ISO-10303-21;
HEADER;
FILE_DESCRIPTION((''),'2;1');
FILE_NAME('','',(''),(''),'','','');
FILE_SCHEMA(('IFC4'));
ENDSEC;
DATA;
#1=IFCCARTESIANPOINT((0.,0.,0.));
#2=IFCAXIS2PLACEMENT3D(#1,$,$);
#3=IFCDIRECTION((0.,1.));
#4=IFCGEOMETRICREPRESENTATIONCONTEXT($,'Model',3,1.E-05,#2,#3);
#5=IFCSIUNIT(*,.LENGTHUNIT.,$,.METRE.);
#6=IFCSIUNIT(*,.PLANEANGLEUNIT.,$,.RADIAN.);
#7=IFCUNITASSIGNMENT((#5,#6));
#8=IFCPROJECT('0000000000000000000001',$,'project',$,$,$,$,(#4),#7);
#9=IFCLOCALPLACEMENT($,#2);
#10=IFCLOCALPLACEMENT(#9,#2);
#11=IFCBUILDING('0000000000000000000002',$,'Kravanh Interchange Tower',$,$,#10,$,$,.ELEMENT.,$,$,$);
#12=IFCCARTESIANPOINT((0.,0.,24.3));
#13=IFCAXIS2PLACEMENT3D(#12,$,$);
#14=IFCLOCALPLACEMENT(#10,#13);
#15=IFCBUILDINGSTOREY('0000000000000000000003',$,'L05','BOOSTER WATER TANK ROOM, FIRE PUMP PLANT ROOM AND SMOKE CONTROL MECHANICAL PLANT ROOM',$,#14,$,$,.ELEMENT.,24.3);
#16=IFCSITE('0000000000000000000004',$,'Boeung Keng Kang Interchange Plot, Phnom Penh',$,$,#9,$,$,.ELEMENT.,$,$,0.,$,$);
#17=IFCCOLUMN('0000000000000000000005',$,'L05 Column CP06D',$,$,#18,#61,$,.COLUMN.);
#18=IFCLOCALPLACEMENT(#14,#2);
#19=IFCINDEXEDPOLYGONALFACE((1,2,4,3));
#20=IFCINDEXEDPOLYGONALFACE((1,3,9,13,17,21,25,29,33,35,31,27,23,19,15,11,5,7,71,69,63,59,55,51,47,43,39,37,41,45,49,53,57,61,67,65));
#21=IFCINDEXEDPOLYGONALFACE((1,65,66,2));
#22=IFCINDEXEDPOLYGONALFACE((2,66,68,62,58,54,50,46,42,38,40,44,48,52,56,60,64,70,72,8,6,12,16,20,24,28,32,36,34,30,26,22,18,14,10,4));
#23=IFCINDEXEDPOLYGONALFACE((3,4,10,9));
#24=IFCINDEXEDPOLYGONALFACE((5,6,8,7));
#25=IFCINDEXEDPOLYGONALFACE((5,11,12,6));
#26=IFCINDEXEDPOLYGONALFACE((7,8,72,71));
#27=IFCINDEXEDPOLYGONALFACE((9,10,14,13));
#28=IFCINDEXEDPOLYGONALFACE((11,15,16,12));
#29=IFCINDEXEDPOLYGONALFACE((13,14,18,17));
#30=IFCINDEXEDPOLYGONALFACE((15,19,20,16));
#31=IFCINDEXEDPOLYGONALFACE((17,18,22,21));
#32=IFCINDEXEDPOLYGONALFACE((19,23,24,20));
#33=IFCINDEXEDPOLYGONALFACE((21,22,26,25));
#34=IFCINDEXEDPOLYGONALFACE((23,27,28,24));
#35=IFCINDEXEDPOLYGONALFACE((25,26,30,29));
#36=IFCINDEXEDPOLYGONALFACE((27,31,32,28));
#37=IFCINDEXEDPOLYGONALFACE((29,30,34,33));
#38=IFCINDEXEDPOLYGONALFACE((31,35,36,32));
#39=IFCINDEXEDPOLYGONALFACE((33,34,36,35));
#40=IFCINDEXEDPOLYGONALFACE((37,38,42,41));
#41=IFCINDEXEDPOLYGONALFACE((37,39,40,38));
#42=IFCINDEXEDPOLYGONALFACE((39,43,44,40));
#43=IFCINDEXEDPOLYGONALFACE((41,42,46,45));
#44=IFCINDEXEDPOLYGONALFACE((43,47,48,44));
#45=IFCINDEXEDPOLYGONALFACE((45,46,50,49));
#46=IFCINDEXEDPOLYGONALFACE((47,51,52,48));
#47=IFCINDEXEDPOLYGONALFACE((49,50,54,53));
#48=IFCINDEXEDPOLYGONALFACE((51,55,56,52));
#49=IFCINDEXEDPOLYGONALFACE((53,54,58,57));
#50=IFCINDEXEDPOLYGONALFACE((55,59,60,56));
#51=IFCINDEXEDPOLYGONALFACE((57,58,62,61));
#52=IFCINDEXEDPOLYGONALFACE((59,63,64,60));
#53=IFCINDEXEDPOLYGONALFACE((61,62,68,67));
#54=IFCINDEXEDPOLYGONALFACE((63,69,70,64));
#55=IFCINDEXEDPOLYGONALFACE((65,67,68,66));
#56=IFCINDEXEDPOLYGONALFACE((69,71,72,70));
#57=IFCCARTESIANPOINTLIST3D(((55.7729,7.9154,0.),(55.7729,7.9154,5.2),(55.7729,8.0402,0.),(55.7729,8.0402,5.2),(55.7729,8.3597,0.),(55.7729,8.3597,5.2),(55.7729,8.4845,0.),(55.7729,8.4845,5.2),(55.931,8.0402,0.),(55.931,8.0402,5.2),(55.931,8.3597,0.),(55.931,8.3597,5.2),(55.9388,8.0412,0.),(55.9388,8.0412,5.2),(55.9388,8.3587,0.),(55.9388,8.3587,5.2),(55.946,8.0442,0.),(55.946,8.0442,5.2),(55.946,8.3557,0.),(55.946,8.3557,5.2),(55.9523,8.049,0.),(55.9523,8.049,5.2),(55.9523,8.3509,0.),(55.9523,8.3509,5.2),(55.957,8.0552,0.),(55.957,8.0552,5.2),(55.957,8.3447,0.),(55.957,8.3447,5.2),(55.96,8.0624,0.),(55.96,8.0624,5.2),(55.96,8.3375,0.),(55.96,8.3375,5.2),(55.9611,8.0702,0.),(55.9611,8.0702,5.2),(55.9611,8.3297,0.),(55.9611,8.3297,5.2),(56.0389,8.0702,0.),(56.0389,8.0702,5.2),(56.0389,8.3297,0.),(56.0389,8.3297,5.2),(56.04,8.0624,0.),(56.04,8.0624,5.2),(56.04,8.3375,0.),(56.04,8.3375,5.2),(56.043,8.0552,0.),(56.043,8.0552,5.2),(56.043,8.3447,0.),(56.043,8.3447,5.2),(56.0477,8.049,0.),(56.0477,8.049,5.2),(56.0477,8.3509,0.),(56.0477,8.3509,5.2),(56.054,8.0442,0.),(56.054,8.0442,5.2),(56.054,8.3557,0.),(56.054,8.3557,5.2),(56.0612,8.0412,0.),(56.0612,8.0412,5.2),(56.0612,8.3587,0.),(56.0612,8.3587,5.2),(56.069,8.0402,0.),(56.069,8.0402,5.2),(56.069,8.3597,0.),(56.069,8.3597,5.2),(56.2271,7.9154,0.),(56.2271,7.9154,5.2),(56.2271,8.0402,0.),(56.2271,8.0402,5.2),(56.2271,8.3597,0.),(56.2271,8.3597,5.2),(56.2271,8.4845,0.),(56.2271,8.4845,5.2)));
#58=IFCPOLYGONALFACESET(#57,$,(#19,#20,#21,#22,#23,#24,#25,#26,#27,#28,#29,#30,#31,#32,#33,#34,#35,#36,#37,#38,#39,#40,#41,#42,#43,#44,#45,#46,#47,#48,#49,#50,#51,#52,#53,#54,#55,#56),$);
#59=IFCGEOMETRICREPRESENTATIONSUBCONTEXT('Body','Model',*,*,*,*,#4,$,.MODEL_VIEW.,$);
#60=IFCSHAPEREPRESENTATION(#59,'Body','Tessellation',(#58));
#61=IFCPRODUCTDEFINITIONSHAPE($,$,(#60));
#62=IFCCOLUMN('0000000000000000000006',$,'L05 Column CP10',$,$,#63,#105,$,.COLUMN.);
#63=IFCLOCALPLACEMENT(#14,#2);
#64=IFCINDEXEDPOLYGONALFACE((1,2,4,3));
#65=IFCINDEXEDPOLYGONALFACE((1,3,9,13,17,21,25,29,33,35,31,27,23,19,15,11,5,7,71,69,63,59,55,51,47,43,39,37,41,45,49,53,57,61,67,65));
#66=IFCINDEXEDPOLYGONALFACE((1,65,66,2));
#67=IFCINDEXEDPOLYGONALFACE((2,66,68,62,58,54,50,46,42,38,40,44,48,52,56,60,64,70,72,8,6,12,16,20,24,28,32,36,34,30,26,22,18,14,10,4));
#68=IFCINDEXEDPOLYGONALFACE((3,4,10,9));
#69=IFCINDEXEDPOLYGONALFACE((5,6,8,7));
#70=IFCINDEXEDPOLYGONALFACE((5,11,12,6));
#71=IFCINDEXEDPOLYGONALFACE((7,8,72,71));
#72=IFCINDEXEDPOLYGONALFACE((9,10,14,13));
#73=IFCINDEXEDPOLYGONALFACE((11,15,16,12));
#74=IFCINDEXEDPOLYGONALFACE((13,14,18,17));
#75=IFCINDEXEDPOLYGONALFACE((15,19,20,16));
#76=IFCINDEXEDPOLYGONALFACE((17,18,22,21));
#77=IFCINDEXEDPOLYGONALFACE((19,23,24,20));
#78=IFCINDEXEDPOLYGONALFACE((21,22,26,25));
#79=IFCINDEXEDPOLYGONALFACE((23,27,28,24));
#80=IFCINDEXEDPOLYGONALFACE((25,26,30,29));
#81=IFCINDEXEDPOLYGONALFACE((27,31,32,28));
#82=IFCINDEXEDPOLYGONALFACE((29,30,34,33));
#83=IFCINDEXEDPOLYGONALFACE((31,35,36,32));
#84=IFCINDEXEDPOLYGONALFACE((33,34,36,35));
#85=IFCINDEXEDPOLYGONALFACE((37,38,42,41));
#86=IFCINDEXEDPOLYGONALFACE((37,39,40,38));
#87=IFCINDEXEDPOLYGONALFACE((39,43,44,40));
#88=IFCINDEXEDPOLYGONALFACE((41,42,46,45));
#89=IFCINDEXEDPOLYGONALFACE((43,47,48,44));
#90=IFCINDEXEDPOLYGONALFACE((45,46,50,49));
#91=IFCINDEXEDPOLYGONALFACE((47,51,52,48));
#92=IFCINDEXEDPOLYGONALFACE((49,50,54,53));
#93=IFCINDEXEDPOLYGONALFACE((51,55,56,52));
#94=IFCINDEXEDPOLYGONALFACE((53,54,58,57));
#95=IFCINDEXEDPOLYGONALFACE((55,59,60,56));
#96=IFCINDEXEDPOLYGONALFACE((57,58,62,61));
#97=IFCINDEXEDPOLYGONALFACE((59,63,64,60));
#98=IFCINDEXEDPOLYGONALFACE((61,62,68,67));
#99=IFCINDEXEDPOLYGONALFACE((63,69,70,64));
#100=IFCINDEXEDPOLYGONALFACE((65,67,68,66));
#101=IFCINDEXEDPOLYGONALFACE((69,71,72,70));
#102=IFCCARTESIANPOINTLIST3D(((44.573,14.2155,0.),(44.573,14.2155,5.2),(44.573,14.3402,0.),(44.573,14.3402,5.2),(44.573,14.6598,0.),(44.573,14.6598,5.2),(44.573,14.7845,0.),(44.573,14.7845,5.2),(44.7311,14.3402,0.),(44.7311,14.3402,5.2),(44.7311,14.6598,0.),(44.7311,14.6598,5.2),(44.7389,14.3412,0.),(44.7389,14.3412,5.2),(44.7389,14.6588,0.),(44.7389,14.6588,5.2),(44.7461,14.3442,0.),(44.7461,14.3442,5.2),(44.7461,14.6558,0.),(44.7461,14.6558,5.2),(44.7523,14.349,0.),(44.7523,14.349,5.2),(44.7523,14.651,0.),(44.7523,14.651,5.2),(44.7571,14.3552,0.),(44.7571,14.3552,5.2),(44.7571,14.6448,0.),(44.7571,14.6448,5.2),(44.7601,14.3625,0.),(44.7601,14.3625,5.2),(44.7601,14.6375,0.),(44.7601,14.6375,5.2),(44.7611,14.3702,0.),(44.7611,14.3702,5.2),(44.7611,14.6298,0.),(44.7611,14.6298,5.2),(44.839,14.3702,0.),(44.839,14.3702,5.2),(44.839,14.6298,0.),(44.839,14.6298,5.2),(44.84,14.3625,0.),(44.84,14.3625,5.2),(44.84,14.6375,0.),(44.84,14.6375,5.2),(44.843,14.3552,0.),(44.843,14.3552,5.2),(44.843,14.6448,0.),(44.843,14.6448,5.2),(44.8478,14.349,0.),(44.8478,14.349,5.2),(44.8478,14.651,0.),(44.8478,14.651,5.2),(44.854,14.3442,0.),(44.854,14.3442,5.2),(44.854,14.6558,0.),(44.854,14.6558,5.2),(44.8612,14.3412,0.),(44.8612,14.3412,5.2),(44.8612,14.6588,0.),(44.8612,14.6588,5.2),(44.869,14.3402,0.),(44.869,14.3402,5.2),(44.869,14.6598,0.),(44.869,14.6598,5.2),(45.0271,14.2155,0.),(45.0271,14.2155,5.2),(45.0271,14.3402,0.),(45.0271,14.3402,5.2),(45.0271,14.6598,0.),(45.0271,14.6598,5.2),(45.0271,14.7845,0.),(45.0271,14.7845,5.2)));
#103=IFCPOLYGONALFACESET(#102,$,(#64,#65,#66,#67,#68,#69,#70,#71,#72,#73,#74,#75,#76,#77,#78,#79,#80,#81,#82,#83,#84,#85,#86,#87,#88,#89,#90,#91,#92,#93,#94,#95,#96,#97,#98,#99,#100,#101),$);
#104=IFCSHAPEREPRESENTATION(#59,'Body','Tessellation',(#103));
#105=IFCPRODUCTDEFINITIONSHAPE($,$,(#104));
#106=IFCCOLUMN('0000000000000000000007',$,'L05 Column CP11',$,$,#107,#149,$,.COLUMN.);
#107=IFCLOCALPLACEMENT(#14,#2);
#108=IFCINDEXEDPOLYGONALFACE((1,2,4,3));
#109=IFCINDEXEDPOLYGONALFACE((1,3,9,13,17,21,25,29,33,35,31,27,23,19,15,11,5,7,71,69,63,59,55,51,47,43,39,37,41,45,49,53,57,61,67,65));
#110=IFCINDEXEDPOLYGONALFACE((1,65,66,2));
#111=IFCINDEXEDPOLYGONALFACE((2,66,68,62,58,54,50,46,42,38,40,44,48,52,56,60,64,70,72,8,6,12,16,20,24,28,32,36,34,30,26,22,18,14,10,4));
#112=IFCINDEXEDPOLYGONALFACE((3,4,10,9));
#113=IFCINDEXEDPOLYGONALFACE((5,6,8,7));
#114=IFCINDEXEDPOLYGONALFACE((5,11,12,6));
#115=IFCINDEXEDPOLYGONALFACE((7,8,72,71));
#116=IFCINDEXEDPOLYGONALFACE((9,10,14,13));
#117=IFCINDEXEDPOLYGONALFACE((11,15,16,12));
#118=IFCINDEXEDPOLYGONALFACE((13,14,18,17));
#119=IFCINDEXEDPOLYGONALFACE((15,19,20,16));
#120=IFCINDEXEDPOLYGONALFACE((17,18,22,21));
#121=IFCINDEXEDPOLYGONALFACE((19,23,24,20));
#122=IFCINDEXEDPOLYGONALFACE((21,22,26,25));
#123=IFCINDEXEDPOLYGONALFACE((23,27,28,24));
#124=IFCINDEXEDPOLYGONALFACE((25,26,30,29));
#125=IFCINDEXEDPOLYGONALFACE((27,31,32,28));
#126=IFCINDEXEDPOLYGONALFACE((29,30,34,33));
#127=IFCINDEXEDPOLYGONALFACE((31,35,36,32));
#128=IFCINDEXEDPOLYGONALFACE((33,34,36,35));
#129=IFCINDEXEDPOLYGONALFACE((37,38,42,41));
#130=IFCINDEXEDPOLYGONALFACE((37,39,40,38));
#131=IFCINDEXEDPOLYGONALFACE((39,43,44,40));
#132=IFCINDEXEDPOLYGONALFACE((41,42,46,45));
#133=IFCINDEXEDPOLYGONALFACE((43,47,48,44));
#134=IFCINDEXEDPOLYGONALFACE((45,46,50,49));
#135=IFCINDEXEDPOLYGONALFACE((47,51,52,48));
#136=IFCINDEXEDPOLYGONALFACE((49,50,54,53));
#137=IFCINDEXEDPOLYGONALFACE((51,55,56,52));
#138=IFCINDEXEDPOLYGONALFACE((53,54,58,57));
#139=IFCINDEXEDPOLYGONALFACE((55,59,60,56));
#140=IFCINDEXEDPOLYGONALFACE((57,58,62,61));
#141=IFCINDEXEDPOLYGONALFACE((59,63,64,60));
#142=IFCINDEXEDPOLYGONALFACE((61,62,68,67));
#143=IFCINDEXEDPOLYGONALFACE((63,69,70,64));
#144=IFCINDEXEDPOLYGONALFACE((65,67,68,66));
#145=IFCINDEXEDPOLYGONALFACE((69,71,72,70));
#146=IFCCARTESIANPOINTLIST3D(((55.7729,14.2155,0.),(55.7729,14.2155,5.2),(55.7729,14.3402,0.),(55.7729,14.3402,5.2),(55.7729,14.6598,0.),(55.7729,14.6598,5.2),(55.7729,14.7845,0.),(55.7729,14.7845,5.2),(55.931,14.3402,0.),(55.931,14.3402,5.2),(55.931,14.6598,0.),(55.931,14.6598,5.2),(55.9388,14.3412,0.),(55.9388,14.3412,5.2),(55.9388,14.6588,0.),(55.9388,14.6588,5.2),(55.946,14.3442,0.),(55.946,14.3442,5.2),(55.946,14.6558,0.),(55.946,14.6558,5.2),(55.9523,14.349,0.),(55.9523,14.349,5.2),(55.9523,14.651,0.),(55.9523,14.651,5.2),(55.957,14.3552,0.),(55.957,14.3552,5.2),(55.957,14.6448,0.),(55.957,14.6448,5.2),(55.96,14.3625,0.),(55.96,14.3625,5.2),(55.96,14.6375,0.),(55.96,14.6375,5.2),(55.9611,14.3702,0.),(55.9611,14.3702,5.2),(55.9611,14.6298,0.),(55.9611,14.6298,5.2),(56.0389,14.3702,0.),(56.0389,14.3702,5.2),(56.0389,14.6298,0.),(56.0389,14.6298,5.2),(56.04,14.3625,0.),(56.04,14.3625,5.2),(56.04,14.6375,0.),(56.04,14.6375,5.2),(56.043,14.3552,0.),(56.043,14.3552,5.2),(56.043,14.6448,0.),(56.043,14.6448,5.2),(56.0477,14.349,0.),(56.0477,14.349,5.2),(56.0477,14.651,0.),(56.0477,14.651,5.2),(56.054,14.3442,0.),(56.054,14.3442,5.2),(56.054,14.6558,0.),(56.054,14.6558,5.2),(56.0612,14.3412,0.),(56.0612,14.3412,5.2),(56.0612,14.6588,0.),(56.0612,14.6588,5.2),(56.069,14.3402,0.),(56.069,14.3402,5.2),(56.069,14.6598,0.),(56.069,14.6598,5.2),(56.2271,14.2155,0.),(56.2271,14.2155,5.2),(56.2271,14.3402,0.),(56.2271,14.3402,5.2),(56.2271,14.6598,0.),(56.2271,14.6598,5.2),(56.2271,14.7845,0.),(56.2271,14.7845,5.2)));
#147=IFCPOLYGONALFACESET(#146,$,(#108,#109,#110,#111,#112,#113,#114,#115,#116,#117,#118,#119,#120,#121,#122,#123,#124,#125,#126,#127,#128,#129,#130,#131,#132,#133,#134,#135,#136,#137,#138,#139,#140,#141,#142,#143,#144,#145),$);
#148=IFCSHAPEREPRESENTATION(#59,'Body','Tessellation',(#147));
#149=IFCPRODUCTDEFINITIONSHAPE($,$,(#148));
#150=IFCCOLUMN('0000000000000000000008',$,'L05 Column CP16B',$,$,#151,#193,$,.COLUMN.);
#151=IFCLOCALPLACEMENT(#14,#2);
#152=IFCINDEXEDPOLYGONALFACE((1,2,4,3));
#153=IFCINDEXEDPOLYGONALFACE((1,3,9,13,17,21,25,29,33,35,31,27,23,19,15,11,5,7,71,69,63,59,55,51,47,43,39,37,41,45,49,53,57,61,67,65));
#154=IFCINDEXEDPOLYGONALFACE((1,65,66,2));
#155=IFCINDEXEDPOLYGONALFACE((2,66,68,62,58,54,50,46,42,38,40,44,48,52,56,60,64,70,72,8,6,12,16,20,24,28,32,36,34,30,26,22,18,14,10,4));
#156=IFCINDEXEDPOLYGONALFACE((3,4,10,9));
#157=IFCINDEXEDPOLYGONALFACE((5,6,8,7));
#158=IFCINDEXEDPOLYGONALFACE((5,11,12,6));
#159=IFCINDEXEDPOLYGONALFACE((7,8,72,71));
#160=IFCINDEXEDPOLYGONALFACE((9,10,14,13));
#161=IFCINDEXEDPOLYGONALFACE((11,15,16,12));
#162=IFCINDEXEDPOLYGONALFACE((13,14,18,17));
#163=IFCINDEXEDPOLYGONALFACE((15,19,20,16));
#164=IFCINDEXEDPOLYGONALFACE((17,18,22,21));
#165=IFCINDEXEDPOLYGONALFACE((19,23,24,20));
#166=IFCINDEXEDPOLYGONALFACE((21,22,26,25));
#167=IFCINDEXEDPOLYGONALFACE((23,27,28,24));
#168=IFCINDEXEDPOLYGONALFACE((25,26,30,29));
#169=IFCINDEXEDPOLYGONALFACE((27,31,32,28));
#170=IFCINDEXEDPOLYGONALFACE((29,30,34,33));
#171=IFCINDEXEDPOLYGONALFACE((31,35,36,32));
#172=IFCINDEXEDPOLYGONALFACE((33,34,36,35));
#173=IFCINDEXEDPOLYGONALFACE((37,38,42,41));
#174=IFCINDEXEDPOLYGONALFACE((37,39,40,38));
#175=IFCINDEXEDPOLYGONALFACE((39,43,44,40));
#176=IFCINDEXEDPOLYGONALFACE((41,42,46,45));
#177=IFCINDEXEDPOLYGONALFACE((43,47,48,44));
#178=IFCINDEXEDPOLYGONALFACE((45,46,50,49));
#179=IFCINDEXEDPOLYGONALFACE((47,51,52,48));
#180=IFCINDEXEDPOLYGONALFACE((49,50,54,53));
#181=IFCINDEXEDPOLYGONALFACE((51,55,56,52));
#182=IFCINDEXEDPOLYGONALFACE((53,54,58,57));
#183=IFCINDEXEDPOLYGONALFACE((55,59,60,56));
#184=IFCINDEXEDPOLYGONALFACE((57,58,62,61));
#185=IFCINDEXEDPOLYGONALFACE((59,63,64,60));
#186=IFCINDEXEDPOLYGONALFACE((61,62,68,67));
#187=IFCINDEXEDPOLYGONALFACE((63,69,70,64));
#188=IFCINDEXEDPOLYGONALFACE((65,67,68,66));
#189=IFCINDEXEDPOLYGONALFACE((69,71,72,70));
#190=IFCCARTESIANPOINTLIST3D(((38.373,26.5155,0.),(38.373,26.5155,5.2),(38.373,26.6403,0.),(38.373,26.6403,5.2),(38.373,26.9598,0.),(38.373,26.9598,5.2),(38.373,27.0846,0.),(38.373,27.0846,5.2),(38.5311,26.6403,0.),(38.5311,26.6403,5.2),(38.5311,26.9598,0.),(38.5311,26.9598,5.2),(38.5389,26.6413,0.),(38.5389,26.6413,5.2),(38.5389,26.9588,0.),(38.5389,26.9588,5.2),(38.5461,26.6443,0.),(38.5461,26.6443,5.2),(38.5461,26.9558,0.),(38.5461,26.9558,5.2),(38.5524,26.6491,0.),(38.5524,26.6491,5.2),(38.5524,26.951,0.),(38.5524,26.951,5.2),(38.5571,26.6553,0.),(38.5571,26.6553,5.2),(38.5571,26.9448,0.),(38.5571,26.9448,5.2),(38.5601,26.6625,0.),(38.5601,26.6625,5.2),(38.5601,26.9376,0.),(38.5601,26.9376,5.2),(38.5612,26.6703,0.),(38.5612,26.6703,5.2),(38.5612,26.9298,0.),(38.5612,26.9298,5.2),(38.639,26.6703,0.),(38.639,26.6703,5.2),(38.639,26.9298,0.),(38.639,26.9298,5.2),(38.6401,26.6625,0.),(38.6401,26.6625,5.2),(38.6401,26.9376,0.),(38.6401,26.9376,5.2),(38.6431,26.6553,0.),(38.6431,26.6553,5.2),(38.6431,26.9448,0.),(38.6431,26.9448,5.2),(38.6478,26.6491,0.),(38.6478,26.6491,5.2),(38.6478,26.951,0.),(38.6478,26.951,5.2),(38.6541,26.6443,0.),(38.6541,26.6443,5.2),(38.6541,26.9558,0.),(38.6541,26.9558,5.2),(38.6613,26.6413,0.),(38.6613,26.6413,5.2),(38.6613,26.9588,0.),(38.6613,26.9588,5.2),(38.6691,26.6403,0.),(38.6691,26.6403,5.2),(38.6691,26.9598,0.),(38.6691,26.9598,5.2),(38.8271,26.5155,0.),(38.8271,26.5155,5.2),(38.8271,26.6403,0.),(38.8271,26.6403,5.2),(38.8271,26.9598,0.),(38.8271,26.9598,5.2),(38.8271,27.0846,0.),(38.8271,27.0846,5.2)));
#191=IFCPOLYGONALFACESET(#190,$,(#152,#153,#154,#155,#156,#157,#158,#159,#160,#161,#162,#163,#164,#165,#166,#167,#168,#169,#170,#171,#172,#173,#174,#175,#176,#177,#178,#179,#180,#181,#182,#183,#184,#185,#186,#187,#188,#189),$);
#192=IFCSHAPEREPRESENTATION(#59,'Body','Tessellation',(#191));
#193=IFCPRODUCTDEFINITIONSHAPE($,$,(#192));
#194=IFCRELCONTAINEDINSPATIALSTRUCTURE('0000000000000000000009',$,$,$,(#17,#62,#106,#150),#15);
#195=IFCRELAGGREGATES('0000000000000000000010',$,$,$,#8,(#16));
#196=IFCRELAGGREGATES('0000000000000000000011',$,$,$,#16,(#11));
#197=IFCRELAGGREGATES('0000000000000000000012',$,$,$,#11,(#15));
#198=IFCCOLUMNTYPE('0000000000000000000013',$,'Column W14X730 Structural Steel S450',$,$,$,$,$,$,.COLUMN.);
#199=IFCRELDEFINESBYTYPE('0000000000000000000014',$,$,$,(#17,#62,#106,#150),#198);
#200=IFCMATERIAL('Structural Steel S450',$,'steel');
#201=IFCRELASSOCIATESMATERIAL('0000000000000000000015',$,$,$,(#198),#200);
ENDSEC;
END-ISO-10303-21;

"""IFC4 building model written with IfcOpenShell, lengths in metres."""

from ifc_helpers import new_model, si_unit, direction, frame, origin, origin_2d, place, context, subcontext, project, spatial, i_section, extrude, material, material_profile, profile_set, type_object, element, save


model = new_model("IFC4")

# Units and contexts
model_context = context("Model", 3, precision=1e-05, world=origin(), true_north=direction((0.0, 1.0)))
body_context = subcontext(model_context, "Body", "Model", "MODEL_VIEW")
ifc_project = project(units=[si_unit("LENGTHUNIT", "METRE"), si_unit("PLANEANGLEUNIT", "RADIAN")], contexts=[model_context])

# Site, building, storey
site_placement = place(None, origin())
site = spatial("IfcSite", under=ifc_project, at=site_placement, Name="Boeung Keng Kang Interchange Plot, Phnom Penh", CompositionType="ELEMENT", RefElevation=0.0)
building_placement = place(site_placement, origin())
building = spatial("IfcBuilding", under=site, at=building_placement, Name="Kravanh Interchange Tower", CompositionType="ELEMENT")
storey_placement = place(building_placement, frame((0.0, 0.0, 24.3)))
storey = spatial("IfcBuildingStorey", under=building, at=storey_placement, Name="L05", Description="BOOSTER WATER TANK ROOM, FIRE PUMP PLANT ROOM AND SMOKE CONTROL MECHANICAL PLANT ROOM", CompositionType="ELEMENT", Elevation=24.3)

# Columns
ifc_material_1 = material(Name="Structural Steel S450", Category="steel")
ifc_material_profile_1 = material_profile(ifc_material_1, i_section(OverallWidth=0.4541, OverallDepth=0.5691, WebThickness=0.0779, FlangeThickness=0.1248, FilletRadius=0.03, at=origin_2d()), Name="W14X730")
ifc_profile_set_1 = profile_set([ifc_material_profile_1], Name="Structural Steel S450")
column_type = type_object("IfcColumnType", Name="Column W14X730 Structural Steel S450", PredefinedType="COLUMN", material=ifc_profile_set_1)
for number, where, z_axis, x_axis, name in (
    (1, (56.0, 8.2, 0.0), (0.0, 0.0, 1.0), (1.0, 0.0, 0.0), "L05 Column CP06D"),
    (2, (44.8, 14.5, 0.0), (0.0, 0.0, 1.0), (1.0, 0.0, 0.0), "L05 Column CP10"),
    (3, (56.0, 14.5, 0.0), (0.0, 0.0, 1.0), (1.0, 0.0, 0.0), "L05 Column CP11"),
    (4, (38.6001, 26.8, 0.0), (0.0, 0.0, 1.0), (1.0, 0.0, 0.0), "L05 Column CP16B"),
):
    element("IfcColumn", number, at=place(storey_placement, frame(where, z_axis=z_axis, x_axis=x_axis)), inside=storey, type_object=column_type, Name=name, PredefinedType="COLUMN", context=body_context, shape_type="SweptSolid", body=[
        extrude(i_section(OverallWidth=0.4541, OverallDepth=0.5691, WebThickness=0.0779, FlangeThickness=0.1248, FilletRadius=0.03, at=origin_2d()), origin(), (0.0, 0.0, 1.0), 5.2),
    ])

save(model, "model.ifc")
